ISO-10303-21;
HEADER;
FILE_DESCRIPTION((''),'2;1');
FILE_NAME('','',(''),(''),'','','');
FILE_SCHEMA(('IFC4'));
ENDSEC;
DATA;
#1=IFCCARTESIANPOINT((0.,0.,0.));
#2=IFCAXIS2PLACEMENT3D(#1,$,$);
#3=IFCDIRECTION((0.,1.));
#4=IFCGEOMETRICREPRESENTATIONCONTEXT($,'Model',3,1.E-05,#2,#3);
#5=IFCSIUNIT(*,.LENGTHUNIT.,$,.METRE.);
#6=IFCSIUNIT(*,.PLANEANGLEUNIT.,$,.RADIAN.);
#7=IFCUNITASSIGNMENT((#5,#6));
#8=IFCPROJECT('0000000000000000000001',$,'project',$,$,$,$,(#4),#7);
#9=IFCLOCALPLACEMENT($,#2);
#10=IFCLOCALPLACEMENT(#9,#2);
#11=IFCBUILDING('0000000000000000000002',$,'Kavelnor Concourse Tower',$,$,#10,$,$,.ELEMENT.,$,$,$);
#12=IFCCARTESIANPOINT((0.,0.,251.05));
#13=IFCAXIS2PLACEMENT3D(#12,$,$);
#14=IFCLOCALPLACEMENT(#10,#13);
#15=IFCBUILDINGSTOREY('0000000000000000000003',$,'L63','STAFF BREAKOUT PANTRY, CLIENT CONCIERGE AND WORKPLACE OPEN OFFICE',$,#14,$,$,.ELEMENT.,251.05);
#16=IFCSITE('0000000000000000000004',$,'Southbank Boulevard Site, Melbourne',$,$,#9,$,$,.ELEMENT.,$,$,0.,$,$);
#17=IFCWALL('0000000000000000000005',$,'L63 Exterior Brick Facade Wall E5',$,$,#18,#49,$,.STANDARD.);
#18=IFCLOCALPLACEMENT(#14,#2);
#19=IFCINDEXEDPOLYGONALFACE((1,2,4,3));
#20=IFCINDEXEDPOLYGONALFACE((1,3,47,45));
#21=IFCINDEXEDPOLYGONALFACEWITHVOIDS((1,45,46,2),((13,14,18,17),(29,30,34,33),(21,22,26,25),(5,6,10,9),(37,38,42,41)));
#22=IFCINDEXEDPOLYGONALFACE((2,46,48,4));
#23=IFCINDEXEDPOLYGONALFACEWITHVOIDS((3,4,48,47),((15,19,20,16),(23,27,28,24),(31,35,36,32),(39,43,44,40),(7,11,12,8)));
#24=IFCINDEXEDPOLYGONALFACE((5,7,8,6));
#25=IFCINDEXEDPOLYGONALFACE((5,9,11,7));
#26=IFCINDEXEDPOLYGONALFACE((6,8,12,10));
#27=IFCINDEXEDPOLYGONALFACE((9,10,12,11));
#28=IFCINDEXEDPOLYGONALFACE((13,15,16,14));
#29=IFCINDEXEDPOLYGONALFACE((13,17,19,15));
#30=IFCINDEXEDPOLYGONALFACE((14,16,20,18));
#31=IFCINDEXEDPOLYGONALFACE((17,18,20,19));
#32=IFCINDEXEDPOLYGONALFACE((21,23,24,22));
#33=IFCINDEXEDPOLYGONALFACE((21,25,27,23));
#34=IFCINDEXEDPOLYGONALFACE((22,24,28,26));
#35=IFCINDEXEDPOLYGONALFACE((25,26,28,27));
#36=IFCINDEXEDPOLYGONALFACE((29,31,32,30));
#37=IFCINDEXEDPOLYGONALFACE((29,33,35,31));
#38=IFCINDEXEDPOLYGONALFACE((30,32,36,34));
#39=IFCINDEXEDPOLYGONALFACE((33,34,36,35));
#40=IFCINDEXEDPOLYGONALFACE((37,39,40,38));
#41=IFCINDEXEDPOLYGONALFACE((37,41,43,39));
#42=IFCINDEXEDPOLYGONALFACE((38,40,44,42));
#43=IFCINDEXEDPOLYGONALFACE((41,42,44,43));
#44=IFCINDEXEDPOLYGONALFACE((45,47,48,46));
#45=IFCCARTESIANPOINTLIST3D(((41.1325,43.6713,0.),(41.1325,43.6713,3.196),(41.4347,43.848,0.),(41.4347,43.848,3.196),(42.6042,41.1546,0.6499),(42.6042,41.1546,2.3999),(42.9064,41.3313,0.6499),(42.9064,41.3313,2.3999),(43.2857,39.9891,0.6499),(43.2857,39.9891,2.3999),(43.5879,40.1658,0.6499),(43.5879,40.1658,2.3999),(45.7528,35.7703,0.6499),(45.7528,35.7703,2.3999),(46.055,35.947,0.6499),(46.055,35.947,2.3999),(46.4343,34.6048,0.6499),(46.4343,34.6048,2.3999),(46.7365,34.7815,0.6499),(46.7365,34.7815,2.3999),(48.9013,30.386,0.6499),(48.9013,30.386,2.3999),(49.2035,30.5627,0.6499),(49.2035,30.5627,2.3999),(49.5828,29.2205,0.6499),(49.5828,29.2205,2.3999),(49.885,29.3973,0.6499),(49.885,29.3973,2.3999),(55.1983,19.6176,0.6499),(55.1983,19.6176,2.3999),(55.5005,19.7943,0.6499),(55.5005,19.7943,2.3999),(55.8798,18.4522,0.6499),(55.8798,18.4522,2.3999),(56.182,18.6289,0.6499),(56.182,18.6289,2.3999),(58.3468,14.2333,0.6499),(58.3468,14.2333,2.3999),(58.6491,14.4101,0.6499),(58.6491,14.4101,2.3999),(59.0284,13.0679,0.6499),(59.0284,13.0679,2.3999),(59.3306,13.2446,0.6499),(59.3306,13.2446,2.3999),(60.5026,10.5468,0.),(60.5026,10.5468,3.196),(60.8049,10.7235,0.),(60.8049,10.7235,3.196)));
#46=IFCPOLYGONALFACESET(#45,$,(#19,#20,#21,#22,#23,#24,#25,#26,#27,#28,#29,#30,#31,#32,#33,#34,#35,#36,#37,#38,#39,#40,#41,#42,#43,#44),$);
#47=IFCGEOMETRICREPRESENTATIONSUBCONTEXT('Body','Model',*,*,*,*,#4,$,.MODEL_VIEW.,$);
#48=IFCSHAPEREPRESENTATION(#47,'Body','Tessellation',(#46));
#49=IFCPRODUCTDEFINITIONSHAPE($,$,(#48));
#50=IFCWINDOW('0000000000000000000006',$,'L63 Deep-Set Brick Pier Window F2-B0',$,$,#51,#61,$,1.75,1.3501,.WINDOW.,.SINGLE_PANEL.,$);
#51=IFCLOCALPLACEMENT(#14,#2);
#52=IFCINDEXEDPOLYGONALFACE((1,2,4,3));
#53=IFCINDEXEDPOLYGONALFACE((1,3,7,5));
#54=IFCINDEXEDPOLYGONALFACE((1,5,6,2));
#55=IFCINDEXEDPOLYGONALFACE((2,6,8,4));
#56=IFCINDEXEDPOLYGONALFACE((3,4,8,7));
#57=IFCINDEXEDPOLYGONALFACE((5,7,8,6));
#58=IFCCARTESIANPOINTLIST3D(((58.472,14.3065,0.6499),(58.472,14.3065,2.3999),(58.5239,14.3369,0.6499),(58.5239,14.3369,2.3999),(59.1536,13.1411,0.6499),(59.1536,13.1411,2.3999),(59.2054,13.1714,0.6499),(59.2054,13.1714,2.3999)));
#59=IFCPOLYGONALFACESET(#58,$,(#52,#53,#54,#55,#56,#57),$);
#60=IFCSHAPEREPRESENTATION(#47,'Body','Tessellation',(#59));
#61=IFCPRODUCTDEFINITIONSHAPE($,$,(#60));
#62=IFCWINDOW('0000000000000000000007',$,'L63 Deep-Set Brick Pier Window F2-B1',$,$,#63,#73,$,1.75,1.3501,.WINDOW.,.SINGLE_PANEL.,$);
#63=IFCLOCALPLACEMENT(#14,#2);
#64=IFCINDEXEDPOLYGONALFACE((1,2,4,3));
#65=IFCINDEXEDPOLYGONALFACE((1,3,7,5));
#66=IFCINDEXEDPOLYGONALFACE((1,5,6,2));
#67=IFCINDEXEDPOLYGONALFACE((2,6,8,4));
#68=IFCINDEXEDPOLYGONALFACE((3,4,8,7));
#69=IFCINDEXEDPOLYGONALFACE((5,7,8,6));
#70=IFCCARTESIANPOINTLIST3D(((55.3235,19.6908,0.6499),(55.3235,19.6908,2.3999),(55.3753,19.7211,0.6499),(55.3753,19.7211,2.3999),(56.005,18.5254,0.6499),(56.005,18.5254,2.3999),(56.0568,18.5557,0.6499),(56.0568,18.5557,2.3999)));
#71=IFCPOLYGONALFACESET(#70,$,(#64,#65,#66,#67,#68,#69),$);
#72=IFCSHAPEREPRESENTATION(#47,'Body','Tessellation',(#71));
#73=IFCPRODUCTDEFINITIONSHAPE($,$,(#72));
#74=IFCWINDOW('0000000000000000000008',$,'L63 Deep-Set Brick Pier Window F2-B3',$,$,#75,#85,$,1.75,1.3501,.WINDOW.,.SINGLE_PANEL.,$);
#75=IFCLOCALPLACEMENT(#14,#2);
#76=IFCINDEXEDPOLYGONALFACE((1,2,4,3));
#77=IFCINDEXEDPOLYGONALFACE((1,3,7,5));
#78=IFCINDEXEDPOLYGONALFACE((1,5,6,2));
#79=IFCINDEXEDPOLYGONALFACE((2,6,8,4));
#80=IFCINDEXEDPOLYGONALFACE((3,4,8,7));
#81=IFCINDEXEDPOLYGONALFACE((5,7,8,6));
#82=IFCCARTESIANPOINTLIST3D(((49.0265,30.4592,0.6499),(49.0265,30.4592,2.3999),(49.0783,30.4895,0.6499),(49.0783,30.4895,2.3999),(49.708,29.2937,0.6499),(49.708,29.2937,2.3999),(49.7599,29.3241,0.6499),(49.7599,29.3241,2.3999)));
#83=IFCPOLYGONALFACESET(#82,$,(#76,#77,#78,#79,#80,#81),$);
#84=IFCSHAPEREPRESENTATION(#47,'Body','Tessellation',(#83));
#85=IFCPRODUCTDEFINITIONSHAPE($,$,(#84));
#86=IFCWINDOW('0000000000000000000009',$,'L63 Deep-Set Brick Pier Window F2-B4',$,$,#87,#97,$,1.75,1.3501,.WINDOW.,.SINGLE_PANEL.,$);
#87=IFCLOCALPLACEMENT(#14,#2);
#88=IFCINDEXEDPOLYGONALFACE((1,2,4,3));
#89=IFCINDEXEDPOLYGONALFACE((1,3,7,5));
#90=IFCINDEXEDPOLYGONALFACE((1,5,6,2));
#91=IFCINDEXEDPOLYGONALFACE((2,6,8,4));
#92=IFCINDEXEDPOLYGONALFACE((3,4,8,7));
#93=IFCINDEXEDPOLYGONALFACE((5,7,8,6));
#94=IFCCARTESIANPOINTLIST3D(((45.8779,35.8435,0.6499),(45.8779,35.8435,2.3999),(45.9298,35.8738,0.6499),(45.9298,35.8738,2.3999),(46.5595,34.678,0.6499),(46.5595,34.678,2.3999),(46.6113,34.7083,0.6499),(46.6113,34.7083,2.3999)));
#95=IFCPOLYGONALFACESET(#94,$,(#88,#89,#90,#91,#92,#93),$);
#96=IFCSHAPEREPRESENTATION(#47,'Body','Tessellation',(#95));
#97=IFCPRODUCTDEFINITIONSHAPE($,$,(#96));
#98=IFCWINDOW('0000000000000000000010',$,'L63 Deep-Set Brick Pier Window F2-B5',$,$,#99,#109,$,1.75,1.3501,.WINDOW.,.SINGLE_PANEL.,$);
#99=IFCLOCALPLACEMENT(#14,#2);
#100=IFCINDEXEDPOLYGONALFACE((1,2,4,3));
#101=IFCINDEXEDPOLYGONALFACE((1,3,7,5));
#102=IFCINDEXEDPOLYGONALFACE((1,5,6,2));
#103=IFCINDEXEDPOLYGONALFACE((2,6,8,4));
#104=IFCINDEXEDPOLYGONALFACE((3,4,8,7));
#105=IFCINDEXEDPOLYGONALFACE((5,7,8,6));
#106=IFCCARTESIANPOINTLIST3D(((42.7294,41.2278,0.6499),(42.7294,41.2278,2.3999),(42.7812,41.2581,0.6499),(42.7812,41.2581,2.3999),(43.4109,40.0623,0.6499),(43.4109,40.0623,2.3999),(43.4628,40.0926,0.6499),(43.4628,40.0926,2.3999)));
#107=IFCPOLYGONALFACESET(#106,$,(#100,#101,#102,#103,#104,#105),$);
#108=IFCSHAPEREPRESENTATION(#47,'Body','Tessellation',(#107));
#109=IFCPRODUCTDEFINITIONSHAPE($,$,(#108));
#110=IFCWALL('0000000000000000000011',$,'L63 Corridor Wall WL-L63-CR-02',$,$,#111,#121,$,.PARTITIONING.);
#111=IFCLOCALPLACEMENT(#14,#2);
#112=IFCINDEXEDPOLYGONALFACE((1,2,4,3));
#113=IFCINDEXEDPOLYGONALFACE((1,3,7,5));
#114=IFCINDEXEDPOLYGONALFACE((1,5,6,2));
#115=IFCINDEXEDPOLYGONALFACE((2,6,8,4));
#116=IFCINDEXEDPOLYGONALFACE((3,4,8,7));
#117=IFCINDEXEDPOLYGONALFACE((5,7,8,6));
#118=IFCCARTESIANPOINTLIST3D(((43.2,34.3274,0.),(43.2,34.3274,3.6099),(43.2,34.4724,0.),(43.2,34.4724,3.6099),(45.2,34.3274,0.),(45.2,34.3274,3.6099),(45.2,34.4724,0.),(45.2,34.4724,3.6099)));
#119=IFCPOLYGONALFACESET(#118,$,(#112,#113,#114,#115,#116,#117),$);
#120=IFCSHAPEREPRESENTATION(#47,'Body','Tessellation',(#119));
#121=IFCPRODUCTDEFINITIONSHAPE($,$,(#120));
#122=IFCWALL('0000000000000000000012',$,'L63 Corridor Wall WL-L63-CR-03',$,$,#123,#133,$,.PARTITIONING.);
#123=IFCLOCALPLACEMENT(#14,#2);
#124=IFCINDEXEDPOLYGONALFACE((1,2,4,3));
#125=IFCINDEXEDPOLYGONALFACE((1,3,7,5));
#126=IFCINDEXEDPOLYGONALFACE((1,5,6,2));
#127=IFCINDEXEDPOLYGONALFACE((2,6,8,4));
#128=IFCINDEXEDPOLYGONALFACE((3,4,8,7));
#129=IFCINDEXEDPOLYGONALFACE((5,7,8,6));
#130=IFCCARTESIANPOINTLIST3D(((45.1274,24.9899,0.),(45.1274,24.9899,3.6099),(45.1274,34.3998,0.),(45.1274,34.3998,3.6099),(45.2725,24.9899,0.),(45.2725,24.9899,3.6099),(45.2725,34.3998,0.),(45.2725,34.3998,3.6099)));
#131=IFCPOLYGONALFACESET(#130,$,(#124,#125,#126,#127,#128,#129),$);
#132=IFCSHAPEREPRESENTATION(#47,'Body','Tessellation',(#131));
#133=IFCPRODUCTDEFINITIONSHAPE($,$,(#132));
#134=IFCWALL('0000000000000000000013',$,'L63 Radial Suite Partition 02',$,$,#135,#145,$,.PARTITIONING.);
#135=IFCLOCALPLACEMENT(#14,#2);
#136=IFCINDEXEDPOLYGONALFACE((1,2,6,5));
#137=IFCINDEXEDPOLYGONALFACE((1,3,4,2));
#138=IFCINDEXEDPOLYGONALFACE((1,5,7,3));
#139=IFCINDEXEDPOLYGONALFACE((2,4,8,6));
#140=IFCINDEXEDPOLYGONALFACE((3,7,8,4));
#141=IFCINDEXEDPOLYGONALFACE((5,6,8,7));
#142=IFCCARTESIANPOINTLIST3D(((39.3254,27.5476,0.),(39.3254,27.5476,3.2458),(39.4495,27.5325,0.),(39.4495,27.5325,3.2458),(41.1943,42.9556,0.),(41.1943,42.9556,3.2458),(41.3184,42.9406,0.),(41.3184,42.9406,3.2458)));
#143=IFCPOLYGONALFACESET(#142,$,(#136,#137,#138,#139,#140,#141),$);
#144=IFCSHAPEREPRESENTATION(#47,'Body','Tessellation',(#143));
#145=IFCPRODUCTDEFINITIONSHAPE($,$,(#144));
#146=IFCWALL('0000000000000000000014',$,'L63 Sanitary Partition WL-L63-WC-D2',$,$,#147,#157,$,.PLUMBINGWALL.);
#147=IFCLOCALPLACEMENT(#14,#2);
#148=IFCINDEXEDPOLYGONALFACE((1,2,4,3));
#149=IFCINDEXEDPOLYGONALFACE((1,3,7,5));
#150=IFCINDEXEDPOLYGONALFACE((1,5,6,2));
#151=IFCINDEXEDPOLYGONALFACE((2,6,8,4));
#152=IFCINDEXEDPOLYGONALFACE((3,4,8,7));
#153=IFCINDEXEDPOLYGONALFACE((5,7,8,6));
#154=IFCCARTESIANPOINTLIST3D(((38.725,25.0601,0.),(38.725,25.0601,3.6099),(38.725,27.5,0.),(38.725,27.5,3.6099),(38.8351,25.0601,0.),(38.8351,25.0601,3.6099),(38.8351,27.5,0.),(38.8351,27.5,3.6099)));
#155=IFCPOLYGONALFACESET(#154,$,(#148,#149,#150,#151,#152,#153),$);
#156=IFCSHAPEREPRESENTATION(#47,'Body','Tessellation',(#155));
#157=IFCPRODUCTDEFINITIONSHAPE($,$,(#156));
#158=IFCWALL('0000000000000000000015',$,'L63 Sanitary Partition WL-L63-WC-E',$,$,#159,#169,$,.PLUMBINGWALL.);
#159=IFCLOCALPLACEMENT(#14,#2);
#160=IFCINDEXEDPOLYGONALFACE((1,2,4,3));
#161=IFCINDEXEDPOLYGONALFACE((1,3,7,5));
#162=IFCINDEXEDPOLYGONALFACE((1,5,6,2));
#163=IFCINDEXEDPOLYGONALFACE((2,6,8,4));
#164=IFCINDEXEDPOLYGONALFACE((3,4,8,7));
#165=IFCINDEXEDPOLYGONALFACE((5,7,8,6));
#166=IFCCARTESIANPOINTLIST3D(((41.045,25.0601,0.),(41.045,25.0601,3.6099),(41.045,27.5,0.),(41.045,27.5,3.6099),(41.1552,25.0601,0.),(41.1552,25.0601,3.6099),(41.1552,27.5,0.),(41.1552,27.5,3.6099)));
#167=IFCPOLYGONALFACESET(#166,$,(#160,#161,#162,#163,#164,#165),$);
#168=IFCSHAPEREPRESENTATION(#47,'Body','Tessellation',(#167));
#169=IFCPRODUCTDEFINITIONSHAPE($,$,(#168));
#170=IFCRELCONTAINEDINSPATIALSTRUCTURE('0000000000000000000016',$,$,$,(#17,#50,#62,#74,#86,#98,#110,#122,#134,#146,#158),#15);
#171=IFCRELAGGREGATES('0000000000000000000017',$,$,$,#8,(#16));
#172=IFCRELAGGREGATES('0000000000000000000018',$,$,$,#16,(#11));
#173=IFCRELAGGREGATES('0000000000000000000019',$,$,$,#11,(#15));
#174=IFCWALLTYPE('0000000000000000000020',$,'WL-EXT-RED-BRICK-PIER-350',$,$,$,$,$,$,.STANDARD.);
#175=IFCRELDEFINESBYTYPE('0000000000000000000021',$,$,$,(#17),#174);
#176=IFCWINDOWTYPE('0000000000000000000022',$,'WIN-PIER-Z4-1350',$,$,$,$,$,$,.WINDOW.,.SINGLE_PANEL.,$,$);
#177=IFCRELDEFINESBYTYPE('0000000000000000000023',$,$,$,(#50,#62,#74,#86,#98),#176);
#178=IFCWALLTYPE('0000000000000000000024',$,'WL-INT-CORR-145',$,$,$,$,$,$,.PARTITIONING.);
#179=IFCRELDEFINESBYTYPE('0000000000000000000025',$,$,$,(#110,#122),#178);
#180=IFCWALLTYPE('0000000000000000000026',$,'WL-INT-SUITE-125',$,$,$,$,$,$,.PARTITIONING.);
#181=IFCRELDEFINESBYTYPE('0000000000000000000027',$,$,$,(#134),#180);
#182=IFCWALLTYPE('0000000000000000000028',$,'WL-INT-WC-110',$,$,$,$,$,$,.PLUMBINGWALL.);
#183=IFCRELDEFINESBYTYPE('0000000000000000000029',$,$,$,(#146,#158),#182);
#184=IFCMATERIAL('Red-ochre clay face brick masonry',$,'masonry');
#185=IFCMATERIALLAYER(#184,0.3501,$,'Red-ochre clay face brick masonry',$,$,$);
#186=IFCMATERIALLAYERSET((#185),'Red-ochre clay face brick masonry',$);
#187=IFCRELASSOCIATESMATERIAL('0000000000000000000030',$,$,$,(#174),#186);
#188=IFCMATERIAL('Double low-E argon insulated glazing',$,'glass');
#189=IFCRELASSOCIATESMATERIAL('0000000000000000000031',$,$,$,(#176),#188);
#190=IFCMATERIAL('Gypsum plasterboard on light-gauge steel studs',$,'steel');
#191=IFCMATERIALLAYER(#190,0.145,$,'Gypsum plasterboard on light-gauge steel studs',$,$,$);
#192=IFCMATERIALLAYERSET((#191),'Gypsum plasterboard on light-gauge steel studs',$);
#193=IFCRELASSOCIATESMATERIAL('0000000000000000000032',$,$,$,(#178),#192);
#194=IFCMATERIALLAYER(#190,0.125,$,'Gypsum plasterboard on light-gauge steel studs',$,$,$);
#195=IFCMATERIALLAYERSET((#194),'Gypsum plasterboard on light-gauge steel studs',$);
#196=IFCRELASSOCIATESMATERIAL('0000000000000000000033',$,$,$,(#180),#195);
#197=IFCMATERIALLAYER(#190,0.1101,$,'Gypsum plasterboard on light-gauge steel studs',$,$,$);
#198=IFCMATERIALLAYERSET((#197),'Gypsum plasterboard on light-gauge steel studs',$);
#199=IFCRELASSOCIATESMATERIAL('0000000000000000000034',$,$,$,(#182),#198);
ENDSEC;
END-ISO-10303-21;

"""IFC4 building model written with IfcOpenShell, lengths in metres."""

from ifc_helpers import new_model, si_unit, direction, frame, frame_2d, origin, place, context, subcontext, project, spatial, rectangle, extrude, material, layer, layer_set, type_object, element, fill, save


model = new_model("IFC4")

# Units and contexts
model_context = context("Model", 3, precision=1e-05, world=origin(), true_north=direction((0.0, 1.0)))
body_context = subcontext(model_context, "Body", "Model", "MODEL_VIEW")
ifc_project = project(units=[si_unit("LENGTHUNIT", "METRE"), si_unit("PLANEANGLEUNIT", "RADIAN")], contexts=[model_context])

# Site, building, storey
site_placement = place(None, origin())
site = spatial("IfcSite", under=ifc_project, at=site_placement, Name="Southbank Boulevard Site, Melbourne", CompositionType="ELEMENT", RefElevation=0.0)
building_placement = place(site_placement, origin())
building = spatial("IfcBuilding", under=site, at=building_placement, Name="Kavelnor Concourse Tower", CompositionType="ELEMENT")
storey_placement = place(building_placement, frame((0.0, 0.0, 251.05)))
storey = spatial("IfcBuildingStorey", under=building, at=storey_placement, Name="L63", Description="STAFF BREAKOUT PANTRY, CLIENT CONCIERGE AND WORKPLACE OPEN OFFICE", CompositionType="ELEMENT", Elevation=251.05)

# Wall, openings, windows
ifc_material_1 = material(Name="Red-ochre clay face brick masonry", Category="masonry")
ifc_layer_1 = layer(ifc_material_1, 0.3501, Name="Red-ochre clay face brick masonry")
ifc_layer_set_1 = layer_set([ifc_layer_1], Name="Red-ochre clay face brick masonry")
wall_type_1 = type_object("IfcWallType", Name="WL-EXT-RED-BRICK-PIER-350", PredefinedType="STANDARD", material=ifc_layer_set_1)
wall_1_placement = place(storey_placement, frame((41.2837, 43.7595, 0.0), z_axis=(0.0, 0.0, 1.0), x_axis=(0.504794, -0.86324, 0.0)))
wall_1 = element("IfcWall", 1, at=wall_1_placement, inside=storey, type_object=wall_type_1, Name="L63 Exterior Brick Facade Wall E5", PredefinedType="STANDARD", context=body_context, shape_type="SweptSolid", body=[
    extrude(rectangle(XDim=38.3723, YDim=0.3501, at=frame_2d((19.186, 0.0))), origin(), (0.0, 0.0, 1.0), 3.196),
])
opening_1_placement = place(wall_1_placement, frame((34.1016, 0.0, 0.6499)))
opening_1 = element("IfcOpeningElement", 2, at=opening_1_placement, cuts=wall_1, PredefinedType="OPENING", context=body_context, shape_type="SweptSolid", body=[
    extrude(rectangle(XDim=1.3501, YDim=1.75, at=frame_2d((0.675, 0.875))), frame((0.0, 0.1851, 0.0), z_axis=(0.0, -1.0, 0.0), x_axis=(1.0, 0.0, 0.0)), (0.0, 0.0, 1.0), 0.3701),
])
opening_2_placement = place(wall_1_placement, frame((27.8643, 0.0, 0.6499)))
opening_2 = element("IfcOpeningElement", 3, at=opening_2_placement, cuts=wall_1, PredefinedType="OPENING", context=body_context, shape_type="SweptSolid", body=[
    extrude(rectangle(XDim=1.3501, YDim=1.75, at=frame_2d((0.675, 0.875))), frame((0.0, 0.1851, 0.0), z_axis=(0.0, -1.0, 0.0), x_axis=(1.0, 0.0, 0.0)), (0.0, 0.0, 1.0), 0.3701),
])
opening_3_placement = place(wall_1_placement, frame((15.3899, 0.0, 0.6499)))
opening_3 = element("IfcOpeningElement", 4, at=opening_3_placement, cuts=wall_1, PredefinedType="OPENING", context=body_context, shape_type="SweptSolid", body=[
    extrude(rectangle(XDim=1.3501, YDim=1.75, at=frame_2d((0.675, 0.875))), frame((0.0, 0.1851, 0.0), z_axis=(0.0, -1.0, 0.0), x_axis=(1.0, 0.0, 0.0)), (0.0, 0.0, 1.0), 0.3701),
])
opening_4_placement = place(wall_1_placement, frame((9.1526, 0.0, 0.6499)))
opening_4 = element("IfcOpeningElement", 5, at=opening_4_placement, cuts=wall_1, PredefinedType="OPENING", context=body_context, shape_type="SweptSolid", body=[
    extrude(rectangle(XDim=1.3501, YDim=1.75, at=frame_2d((0.675, 0.875))), frame((0.0, 0.1851, 0.0), z_axis=(0.0, -1.0, 0.0), x_axis=(1.0, 0.0, 0.0)), (0.0, 0.0, 1.0), 0.3701),
])
opening_5_placement = place(wall_1_placement, frame((2.9153, 0.0, 0.6499)))
opening_5 = element("IfcOpeningElement", 6, at=opening_5_placement, cuts=wall_1, PredefinedType="OPENING", context=body_context, shape_type="SweptSolid", body=[
    extrude(rectangle(XDim=1.3501, YDim=1.75, at=frame_2d((0.675, 0.875))), frame((0.0, 0.1851, 0.0), z_axis=(0.0, -1.0, 0.0), x_axis=(1.0, 0.0, 0.0)), (0.0, 0.0, 1.0), 0.3701),
])
ifc_material_2 = material(Name="Double low-E argon insulated glazing", Category="glass")
window_type = type_object("IfcWindowType", Name="WIN-PIER-Z4-1350", PartitioningType="SINGLE_PANEL", PredefinedType="WINDOW", material=ifc_material_2)
window_1_placement = place(opening_1_placement, origin())
window_1 = element("IfcWindow", 7, at=window_1_placement, inside=storey, type_object=window_type, Name="L63 Deep-Set Brick Pier Window F2-B0", OverallHeight=1.75, OverallWidth=1.3501, PartitioningType="SINGLE_PANEL", PredefinedType="WINDOW", context=body_context, shape_type="SweptSolid", body=[
    extrude(rectangle(XDim=1.3501, YDim=1.75, at=frame_2d((0.675, 0.875))), frame((0.0, 0.03, 0.0), z_axis=(0.0, -1.0, 0.0), x_axis=(1.0, 0.0, 0.0)), (0.0, 0.0, 1.0), 0.0601),
])
fill(opening_1, window_1)
window_2_placement = place(opening_2_placement, origin())
window_2 = element("IfcWindow", 8, at=window_2_placement, inside=storey, type_object=window_type, Name="L63 Deep-Set Brick Pier Window F2-B1", OverallHeight=1.75, OverallWidth=1.3501, PartitioningType="SINGLE_PANEL", PredefinedType="WINDOW", context=body_context, shape_type="SweptSolid", body=[
    extrude(rectangle(XDim=1.3501, YDim=1.75, at=frame_2d((0.675, 0.875))), frame((0.0, 0.03, 0.0), z_axis=(0.0, -1.0, 0.0), x_axis=(1.0, 0.0, 0.0)), (0.0, 0.0, 1.0), 0.0601),
])
fill(opening_2, window_2)
window_3_placement = place(opening_3_placement, origin())
window_3 = element("IfcWindow", 9, at=window_3_placement, inside=storey, type_object=window_type, Name="L63 Deep-Set Brick Pier Window F2-B3", OverallHeight=1.75, OverallWidth=1.3501, PartitioningType="SINGLE_PANEL", PredefinedType="WINDOW", context=body_context, shape_type="SweptSolid", body=[
    extrude(rectangle(XDim=1.3501, YDim=1.75, at=frame_2d((0.675, 0.875))), frame((0.0, 0.03, 0.0), z_axis=(0.0, -1.0, 0.0), x_axis=(1.0, 0.0, 0.0)), (0.0, 0.0, 1.0), 0.0601),
])
fill(opening_3, window_3)
window_4_placement = place(opening_4_placement, origin())
window_4 = element("IfcWindow", 10, at=window_4_placement, inside=storey, type_object=window_type, Name="L63 Deep-Set Brick Pier Window F2-B4", OverallHeight=1.75, OverallWidth=1.3501, PartitioningType="SINGLE_PANEL", PredefinedType="WINDOW", context=body_context, shape_type="SweptSolid", body=[
    extrude(rectangle(XDim=1.3501, YDim=1.75, at=frame_2d((0.675, 0.875))), frame((0.0, 0.03, 0.0), z_axis=(0.0, -1.0, 0.0), x_axis=(1.0, 0.0, 0.0)), (0.0, 0.0, 1.0), 0.0601),
])
fill(opening_4, window_4)
window_5_placement = place(opening_5_placement, origin())
window_5 = element("IfcWindow", 11, at=window_5_placement, inside=storey, type_object=window_type, Name="L63 Deep-Set Brick Pier Window F2-B5", OverallHeight=1.75, OverallWidth=1.3501, PartitioningType="SINGLE_PANEL", PredefinedType="WINDOW", context=body_context, shape_type="SweptSolid", body=[
    extrude(rectangle(XDim=1.3501, YDim=1.75, at=frame_2d((0.675, 0.875))), frame((0.0, 0.03, 0.0), z_axis=(0.0, -1.0, 0.0), x_axis=(1.0, 0.0, 0.0)), (0.0, 0.0, 1.0), 0.0601),
])
fill(opening_5, window_5)

# Walls
ifc_material_3 = material(Name="Gypsum plasterboard on light-gauge steel studs", Category="steel")
ifc_layer_2 = layer(ifc_material_3, 0.145, Name="Gypsum plasterboard on light-gauge steel studs")
ifc_layer_set_2 = layer_set([ifc_layer_2], Name="Gypsum plasterboard on light-gauge steel studs")
wall_type_2 = type_object("IfcWallType", Name="WL-INT-CORR-145", PredefinedType="PARTITIONING", material=ifc_layer_set_2)
wall_2_placement = place(storey_placement, frame((43.2, 34.3999, 0.0), z_axis=(0.0, 0.0, 1.0), x_axis=(1.0, 0.0, 0.0)))
element("IfcWall", 12, at=wall_2_placement, inside=storey, type_object=wall_type_2, Name="L63 Corridor Wall WL-L63-CR-02", PredefinedType="PARTITIONING", context=body_context, shape_type="SweptSolid", body=[
    extrude(rectangle(XDim=2.0, YDim=0.145, at=frame_2d((1.0, 0.0))), origin(), (0.0, 0.0, 1.0), 3.6099),
])
wall_3_placement = place(storey_placement, frame((45.2, 34.3999, 0.0), z_axis=(0.0, 0.0, 1.0), x_axis=(0.0, -1.0, 0.0)))
element("IfcWall", 13, at=wall_3_placement, inside=storey, type_object=wall_type_2, Name="L63 Corridor Wall WL-L63-CR-03", PredefinedType="PARTITIONING", context=body_context, shape_type="SweptSolid", body=[
    extrude(rectangle(XDim=9.4099, YDim=0.145, at=frame_2d((4.7051, 0.0))), origin(), (0.0, 0.0, 1.0), 3.6099),
])
ifc_layer_3 = layer(ifc_material_3, 0.125, Name="Gypsum plasterboard on light-gauge steel studs")
ifc_layer_set_3 = layer_set([ifc_layer_3], Name="Gypsum plasterboard on light-gauge steel studs")
wall_type_3 = type_object("IfcWallType", Name="WL-INT-SUITE-125", PredefinedType="PARTITIONING", material=ifc_layer_set_3)
wall_4_placement = place(storey_placement, frame((39.3875, 27.54, 0.0), z_axis=(0.0, 0.0, 1.0), x_axis=(0.120412, 0.992724, 0.0)))
element("IfcWall", 14, at=wall_4_placement, inside=storey, type_object=wall_type_3, Name="L63 Radial Suite Partition 02", PredefinedType="PARTITIONING", context=body_context, shape_type="SweptSolid", body=[
    extrude(rectangle(XDim=15.521, YDim=0.125, at=frame_2d((7.7605, 0.0))), origin(), (0.0, 0.0, 1.0), 3.2458),
])
ifc_layer_4 = layer(ifc_material_3, 0.1101, Name="Gypsum plasterboard on light-gauge steel studs")
ifc_layer_set_4 = layer_set([ifc_layer_4], Name="Gypsum plasterboard on light-gauge steel studs")
wall_type_4 = type_object("IfcWallType", Name="WL-INT-WC-110", PredefinedType="PLUMBINGWALL", material=ifc_layer_set_4)
for number, where, z_axis, x_axis, name in (
    (15, (38.78, 25.0601, 0.0), (0.0, 0.0, 1.0), (0.0, 1.0, 0.0), "L63 Sanitary Partition WL-L63-WC-D2"),
    (16, (41.1001, 25.0601, 0.0), (0.0, 0.0, 1.0), (0.0, 1.0, 0.0), "L63 Sanitary Partition WL-L63-WC-E"),
):
    element("IfcWall", number, at=place(storey_placement, frame(where, z_axis=z_axis, x_axis=x_axis)), inside=storey, type_object=wall_type_4, Name=name, PredefinedType="PLUMBINGWALL", context=body_context, shape_type="SweptSolid", body=[
        extrude(rectangle(XDim=2.4399, YDim=0.1101, at=frame_2d((1.22, 0.0))), origin(), (0.0, 0.0, 1.0), 3.6099),
    ])

save(model, "model.ifc")
